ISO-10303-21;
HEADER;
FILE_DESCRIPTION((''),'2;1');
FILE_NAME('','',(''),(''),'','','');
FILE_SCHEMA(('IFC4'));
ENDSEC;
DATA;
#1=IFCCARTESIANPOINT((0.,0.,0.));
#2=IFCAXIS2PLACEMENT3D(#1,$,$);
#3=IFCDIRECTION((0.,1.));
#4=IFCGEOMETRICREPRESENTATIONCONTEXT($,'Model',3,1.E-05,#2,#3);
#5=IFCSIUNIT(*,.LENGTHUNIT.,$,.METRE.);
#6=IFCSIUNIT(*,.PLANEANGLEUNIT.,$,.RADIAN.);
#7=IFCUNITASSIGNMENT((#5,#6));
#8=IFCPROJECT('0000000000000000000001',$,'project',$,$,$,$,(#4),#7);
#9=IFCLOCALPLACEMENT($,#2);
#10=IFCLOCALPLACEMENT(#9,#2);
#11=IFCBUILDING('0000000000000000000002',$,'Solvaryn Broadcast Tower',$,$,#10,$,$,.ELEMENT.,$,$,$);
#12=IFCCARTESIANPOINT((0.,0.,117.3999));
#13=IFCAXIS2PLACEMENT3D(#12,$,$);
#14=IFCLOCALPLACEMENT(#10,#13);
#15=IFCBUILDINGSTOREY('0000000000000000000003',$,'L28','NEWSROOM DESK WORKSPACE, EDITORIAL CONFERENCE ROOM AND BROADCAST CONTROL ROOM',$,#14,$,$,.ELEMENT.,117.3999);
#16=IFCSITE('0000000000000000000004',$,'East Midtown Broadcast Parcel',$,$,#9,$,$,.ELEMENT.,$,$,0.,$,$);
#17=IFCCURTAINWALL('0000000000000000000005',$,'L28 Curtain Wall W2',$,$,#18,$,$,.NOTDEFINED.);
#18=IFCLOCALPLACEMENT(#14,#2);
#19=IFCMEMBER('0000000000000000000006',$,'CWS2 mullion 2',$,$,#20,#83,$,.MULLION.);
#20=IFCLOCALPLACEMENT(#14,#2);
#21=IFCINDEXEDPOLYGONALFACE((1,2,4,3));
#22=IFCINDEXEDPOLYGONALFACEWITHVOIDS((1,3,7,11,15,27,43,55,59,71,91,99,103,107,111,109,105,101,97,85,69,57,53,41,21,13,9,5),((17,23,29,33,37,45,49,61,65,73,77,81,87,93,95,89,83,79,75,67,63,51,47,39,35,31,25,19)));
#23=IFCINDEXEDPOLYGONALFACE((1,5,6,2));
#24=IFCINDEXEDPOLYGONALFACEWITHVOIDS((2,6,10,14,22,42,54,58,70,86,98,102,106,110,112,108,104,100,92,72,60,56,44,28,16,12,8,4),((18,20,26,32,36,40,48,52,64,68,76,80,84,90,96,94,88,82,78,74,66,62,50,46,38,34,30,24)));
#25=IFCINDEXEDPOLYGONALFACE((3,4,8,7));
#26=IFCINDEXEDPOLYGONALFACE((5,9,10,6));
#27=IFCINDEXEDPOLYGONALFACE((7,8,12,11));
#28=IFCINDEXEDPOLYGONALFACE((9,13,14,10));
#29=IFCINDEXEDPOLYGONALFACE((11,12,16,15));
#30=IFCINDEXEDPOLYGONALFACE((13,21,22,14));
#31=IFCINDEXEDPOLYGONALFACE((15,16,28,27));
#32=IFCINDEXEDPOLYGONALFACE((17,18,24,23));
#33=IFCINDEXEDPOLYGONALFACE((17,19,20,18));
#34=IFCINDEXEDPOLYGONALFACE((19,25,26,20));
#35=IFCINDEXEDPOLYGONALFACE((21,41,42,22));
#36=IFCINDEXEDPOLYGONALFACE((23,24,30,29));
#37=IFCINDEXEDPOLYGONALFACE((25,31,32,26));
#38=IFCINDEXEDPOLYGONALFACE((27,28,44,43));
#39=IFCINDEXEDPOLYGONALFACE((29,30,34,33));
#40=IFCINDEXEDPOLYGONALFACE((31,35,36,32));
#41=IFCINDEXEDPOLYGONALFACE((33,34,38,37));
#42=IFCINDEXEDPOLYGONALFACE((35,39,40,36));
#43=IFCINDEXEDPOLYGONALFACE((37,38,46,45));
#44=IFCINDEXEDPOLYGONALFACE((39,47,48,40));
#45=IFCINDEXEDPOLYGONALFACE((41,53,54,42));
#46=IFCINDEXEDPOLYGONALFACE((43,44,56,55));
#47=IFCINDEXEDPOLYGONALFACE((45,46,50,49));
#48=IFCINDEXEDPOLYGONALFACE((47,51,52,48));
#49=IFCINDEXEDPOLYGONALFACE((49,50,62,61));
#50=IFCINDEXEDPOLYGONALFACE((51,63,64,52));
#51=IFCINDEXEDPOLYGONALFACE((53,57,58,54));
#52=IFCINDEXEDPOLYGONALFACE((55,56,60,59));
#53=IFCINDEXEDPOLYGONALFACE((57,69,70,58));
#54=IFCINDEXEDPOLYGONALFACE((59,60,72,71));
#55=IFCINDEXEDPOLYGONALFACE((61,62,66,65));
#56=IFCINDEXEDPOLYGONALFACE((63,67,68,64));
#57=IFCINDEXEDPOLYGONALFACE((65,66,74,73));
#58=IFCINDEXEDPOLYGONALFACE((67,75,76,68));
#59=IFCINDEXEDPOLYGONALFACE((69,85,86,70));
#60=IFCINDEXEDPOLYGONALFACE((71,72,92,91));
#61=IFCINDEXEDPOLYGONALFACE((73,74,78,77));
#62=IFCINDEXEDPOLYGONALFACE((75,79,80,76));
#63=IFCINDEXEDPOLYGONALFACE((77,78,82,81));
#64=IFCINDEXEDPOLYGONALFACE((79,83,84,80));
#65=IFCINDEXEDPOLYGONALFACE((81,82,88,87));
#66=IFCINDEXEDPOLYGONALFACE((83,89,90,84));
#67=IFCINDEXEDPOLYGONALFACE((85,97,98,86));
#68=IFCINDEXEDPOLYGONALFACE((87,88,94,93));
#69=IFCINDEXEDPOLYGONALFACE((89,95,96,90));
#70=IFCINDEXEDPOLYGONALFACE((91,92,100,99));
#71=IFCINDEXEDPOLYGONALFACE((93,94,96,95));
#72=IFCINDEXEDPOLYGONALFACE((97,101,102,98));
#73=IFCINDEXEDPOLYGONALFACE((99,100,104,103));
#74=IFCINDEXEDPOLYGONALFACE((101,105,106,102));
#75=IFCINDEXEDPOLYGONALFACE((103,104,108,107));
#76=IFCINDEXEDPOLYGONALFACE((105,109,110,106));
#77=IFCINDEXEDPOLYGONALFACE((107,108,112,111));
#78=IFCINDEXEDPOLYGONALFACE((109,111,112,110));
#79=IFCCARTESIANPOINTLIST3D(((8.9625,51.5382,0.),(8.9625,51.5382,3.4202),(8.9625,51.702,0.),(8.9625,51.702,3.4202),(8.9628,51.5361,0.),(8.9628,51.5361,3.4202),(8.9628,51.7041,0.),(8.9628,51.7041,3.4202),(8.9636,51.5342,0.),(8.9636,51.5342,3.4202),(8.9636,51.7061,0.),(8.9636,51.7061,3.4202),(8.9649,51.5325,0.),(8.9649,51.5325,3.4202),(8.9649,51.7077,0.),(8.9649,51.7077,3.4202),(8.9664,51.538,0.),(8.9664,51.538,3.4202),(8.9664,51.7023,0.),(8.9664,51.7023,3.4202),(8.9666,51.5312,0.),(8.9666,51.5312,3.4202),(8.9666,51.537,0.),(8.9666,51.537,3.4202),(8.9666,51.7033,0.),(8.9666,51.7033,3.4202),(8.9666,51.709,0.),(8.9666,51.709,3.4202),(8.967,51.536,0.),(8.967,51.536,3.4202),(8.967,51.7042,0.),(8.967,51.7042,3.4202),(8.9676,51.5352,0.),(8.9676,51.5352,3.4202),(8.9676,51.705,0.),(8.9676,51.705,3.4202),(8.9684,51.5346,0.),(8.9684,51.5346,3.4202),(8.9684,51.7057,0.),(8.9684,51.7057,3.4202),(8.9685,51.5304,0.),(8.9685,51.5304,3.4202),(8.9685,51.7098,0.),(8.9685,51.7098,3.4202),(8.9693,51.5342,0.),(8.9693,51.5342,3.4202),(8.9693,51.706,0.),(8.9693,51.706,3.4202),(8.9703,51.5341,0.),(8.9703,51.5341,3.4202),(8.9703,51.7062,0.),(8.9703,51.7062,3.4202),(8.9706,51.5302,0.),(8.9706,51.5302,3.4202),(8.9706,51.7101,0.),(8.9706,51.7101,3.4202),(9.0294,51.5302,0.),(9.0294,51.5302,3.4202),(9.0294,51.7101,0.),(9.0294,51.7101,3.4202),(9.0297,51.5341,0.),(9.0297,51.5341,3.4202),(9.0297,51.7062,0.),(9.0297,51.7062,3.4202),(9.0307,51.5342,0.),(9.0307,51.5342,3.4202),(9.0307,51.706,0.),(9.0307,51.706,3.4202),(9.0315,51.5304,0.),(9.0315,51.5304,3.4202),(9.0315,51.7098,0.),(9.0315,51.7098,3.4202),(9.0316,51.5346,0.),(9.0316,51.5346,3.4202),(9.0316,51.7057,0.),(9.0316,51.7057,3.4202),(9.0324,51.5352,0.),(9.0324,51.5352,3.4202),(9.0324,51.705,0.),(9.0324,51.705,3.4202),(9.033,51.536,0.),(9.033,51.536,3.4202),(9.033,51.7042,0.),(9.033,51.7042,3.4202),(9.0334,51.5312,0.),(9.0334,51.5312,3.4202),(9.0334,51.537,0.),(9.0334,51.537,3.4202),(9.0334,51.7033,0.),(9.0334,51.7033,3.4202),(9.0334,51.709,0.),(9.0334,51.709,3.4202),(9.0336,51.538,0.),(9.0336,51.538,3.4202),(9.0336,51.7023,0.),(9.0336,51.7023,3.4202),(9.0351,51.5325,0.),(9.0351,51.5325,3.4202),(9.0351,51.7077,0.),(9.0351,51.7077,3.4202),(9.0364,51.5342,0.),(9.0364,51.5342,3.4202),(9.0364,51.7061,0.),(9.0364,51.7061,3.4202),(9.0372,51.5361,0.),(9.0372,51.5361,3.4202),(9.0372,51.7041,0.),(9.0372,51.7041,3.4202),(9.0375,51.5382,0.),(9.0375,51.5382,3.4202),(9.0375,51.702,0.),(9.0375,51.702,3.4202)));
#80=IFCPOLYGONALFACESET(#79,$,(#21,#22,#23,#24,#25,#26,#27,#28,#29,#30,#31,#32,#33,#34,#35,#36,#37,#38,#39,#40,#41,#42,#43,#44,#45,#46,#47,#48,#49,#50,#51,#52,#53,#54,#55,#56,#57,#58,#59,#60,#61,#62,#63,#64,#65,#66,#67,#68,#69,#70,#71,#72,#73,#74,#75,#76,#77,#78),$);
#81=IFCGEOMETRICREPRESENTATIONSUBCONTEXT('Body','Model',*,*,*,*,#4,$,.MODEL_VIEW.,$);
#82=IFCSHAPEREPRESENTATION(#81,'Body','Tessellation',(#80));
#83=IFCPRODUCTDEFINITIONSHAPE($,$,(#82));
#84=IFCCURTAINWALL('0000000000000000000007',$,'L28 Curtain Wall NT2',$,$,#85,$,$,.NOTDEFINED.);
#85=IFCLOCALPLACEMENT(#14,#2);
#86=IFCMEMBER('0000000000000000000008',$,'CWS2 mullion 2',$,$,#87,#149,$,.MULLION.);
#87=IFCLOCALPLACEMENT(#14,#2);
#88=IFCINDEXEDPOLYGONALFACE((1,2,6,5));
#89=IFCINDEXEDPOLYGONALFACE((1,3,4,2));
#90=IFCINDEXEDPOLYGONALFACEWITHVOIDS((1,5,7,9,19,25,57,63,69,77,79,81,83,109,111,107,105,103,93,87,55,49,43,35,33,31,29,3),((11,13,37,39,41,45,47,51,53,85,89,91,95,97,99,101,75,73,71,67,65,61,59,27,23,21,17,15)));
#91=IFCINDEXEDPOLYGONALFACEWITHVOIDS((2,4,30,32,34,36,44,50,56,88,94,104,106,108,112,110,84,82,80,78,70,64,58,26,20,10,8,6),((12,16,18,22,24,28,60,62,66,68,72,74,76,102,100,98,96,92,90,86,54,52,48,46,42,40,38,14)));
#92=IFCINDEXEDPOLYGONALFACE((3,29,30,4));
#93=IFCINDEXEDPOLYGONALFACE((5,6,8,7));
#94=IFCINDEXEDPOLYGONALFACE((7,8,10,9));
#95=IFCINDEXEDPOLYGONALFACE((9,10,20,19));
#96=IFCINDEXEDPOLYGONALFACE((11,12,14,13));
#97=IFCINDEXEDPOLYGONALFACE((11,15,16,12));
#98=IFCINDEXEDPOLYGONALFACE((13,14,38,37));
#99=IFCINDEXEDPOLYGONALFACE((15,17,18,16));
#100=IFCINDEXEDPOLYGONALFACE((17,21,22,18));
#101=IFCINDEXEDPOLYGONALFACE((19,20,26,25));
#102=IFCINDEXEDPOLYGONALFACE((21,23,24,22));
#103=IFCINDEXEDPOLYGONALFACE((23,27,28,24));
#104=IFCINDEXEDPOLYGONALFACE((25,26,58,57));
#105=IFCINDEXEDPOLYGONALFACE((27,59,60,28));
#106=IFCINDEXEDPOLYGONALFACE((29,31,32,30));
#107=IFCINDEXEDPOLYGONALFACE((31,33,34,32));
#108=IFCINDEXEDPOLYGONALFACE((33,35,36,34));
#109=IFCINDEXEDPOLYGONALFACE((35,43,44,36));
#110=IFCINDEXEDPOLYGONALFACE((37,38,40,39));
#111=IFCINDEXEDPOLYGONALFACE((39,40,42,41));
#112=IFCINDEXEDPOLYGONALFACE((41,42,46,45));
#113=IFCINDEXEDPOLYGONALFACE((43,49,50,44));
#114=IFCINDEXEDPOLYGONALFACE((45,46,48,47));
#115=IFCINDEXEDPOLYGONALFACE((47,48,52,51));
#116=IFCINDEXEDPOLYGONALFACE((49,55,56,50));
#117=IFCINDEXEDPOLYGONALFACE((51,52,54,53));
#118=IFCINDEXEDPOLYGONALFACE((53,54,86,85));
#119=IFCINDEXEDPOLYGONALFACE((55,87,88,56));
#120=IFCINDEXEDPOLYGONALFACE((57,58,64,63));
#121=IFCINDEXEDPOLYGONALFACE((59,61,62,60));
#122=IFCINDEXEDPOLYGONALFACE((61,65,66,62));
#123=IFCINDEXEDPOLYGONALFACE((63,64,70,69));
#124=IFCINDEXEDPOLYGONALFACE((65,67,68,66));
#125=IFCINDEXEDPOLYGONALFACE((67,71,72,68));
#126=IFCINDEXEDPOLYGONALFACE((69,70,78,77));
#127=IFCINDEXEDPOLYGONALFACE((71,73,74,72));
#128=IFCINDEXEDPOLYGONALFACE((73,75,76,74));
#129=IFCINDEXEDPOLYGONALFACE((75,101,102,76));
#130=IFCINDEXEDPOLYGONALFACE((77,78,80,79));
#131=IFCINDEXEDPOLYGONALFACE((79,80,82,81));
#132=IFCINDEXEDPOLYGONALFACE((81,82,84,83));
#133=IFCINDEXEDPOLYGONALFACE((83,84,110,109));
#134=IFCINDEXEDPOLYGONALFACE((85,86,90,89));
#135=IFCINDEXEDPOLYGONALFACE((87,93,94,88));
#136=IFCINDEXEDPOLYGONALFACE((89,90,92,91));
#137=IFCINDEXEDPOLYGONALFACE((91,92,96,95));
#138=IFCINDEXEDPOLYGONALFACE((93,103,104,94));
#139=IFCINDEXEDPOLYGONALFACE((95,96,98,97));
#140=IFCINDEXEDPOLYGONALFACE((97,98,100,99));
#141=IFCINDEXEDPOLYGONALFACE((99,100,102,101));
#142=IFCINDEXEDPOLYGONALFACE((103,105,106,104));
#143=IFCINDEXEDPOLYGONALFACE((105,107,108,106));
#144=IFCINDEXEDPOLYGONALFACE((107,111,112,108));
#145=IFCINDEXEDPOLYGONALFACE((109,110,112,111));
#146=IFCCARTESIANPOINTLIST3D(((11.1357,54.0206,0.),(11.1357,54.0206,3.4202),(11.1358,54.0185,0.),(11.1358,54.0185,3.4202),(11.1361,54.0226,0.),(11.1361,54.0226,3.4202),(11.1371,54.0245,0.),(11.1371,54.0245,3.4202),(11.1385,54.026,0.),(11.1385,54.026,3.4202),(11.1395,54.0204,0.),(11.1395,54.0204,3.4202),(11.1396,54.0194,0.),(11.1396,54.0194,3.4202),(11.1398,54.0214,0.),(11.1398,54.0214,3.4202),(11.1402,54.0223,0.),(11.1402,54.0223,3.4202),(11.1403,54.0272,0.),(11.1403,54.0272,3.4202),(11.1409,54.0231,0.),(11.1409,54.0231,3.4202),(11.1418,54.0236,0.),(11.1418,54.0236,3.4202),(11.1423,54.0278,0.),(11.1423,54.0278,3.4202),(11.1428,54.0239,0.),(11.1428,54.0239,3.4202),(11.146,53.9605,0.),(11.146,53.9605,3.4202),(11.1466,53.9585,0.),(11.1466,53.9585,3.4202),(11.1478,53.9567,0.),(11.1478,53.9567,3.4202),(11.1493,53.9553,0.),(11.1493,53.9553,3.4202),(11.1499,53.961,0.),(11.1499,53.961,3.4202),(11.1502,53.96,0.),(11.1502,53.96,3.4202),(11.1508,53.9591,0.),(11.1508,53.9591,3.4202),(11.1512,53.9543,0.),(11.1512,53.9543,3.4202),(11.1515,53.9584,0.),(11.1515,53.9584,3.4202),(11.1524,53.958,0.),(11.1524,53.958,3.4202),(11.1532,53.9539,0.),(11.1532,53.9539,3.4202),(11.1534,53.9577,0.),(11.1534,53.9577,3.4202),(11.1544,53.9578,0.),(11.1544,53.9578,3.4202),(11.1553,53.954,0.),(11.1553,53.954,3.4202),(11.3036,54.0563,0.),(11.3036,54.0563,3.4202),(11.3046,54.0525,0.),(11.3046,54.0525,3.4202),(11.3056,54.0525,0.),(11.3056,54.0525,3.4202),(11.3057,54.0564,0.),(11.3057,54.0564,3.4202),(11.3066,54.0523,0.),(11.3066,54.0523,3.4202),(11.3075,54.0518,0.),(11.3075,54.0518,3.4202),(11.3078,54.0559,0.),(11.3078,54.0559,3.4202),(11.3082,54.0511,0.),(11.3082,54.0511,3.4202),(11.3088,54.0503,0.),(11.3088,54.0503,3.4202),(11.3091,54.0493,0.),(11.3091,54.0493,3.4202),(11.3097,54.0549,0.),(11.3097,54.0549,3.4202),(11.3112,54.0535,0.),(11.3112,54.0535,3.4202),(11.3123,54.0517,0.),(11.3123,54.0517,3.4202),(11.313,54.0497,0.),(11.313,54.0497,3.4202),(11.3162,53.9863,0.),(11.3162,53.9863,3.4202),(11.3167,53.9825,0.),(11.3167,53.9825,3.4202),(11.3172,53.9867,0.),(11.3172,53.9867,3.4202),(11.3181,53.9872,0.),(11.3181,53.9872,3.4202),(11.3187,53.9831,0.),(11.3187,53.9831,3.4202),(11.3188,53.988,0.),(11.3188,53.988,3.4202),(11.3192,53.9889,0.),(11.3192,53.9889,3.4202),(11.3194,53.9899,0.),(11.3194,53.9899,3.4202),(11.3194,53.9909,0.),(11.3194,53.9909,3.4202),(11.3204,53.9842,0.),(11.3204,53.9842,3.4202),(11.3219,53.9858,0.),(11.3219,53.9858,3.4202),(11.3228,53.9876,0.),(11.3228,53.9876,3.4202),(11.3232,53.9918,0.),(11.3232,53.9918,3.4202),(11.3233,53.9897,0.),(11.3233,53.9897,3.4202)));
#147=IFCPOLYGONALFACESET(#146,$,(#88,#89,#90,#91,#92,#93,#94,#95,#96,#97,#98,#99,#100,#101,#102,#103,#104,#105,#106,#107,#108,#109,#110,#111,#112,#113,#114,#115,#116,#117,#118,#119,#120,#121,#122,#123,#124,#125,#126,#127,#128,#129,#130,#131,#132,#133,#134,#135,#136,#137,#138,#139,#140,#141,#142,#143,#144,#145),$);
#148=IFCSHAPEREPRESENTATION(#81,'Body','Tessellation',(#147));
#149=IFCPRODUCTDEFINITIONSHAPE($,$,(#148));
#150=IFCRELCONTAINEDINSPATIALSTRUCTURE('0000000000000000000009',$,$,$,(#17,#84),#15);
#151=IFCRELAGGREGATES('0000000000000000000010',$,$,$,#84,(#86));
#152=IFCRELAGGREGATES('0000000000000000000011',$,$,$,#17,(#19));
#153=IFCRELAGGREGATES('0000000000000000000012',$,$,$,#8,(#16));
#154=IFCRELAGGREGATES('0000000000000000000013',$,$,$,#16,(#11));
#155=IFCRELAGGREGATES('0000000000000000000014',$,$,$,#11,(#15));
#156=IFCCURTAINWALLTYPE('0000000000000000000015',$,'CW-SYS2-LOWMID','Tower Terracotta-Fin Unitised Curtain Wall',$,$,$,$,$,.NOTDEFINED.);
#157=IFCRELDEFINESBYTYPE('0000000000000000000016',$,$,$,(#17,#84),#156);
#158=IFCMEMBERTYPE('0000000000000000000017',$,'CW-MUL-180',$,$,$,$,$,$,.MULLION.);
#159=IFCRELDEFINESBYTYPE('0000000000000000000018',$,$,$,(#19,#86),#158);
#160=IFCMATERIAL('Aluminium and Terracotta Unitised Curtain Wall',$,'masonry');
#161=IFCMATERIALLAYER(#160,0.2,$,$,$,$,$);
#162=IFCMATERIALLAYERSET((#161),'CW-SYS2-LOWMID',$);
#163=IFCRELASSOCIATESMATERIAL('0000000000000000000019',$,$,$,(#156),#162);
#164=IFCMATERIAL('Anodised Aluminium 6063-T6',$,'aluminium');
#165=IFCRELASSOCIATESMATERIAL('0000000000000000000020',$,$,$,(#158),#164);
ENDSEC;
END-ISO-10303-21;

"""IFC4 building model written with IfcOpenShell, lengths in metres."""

from ifc_helpers import new_model, si_unit, direction, frame, origin, origin_2d, place, context, subcontext, project, spatial, hollow_rectangle, extrude, material, layer, layer_set, material_profile, profile_set, type_object, element, aggregate, save


model = new_model("IFC4")

# Units and contexts
model_context = context("Model", 3, precision=1e-05, world=origin(), true_north=direction((0.0, 1.0)))
body_context = subcontext(model_context, "Body", "Model", "MODEL_VIEW")
ifc_project = project(units=[si_unit("LENGTHUNIT", "METRE"), si_unit("PLANEANGLEUNIT", "RADIAN")], contexts=[model_context])

# Site, building, storey
site_placement = place(None, origin())
site = spatial("IfcSite", under=ifc_project, at=site_placement, Name="East Midtown Broadcast Parcel", CompositionType="ELEMENT", RefElevation=0.0)
building_placement = place(site_placement, origin())
building = spatial("IfcBuilding", under=site, at=building_placement, Name="Solvaryn Broadcast Tower", CompositionType="ELEMENT")
storey_placement = place(building_placement, frame((0.0, 0.0, 117.3999)))
storey = spatial("IfcBuildingStorey", under=building, at=storey_placement, Name="L28", Description="NEWSROOM DESK WORKSPACE, EDITORIAL CONFERENCE ROOM AND BROADCAST CONTROL ROOM", CompositionType="ELEMENT", Elevation=117.3999)

# Shared definitions
ifc_material_1 = material(Name="Aluminium and Terracotta Unitised Curtain Wall", Category="masonry")
ifc_layer_1 = layer(ifc_material_1, 0.2)
ifc_layer_set_1 = layer_set([ifc_layer_1], Name="CW-SYS2-LOWMID")
curtain_wall_type = type_object("IfcCurtainWallType", Name="CW-SYS2-LOWMID", Description="Tower Terracotta-Fin Unitised Curtain Wall", PredefinedType="NOTDEFINED", material=ifc_layer_set_1)
ifc_material_2 = material(Name="Anodised Aluminium 6063-T6", Category="aluminium")
ifc_material_profile_1 = material_profile(ifc_material_2, hollow_rectangle(XDim=0.075, YDim=0.1799, WallThickness=0.0039, InnerFilletRadius=0.0039, OuterFilletRadius=0.0081, at=origin_2d()))
ifc_profile_set_1 = profile_set([ifc_material_profile_1], Name="Anodised Aluminium 6063-T6")
member_type_1 = type_object("IfcMemberType", Name="CW-MUL-180", PredefinedType="MULLION", material=ifc_profile_set_1)

# Curtain wall, member
curtain_wall_1_placement = place(storey_placement, origin())
curtain_wall_1 = element("IfcCurtainWall", 1, at=curtain_wall_1_placement, inside=storey, type_object=curtain_wall_type, Name="L28 Curtain Wall W2", PredefinedType="NOTDEFINED")
member_1_placement = place(storey_placement, frame((9.0, 51.6201, 0.0), z_axis=(0.0, 0.0, 1.0), x_axis=(-1.0, 0.0, 0.0)))
member_1 = element("IfcMember", 2, at=member_1_placement, type_object=member_type_1, Name="CWS2 mullion 2", PredefinedType="MULLION", context=body_context, shape_type="SweptSolid", body=[
    extrude(hollow_rectangle(XDim=0.075, YDim=0.1799, WallThickness=0.0039, InnerFilletRadius=0.0039, OuterFilletRadius=0.0081, at=origin_2d()), origin(), (0.0, 0.0, 1.0), 3.4202),
])

# Curtain wall, member
curtain_wall_2_placement = place(storey_placement, origin())
curtain_wall_2 = element("IfcCurtainWall", 3, at=curtain_wall_2_placement, inside=storey, type_object=curtain_wall_type, Name="L28 Curtain Wall NT2", PredefinedType="NOTDEFINED")
member_2_placement = place(storey_placement, frame((11.2295, 54.0051, 0.0), z_axis=(0.0, 0.0, 1.0), x_axis=(0.173785, -0.984784, 0.0)))
member_2 = element("IfcMember", 4, at=member_2_placement, type_object=member_type_1, Name="CWS2 mullion 2", PredefinedType="MULLION", context=body_context, shape_type="SweptSolid", body=[
    extrude(hollow_rectangle(XDim=0.075, YDim=0.1799, WallThickness=0.0039, InnerFilletRadius=0.0039, OuterFilletRadius=0.0081, at=origin_2d()), origin(), (0.0, 0.0, 1.0), 3.4202),
])
aggregate(curtain_wall_2, [member_2])

aggregate(curtain_wall_1, [member_1])

save(model, "model.ifc")
